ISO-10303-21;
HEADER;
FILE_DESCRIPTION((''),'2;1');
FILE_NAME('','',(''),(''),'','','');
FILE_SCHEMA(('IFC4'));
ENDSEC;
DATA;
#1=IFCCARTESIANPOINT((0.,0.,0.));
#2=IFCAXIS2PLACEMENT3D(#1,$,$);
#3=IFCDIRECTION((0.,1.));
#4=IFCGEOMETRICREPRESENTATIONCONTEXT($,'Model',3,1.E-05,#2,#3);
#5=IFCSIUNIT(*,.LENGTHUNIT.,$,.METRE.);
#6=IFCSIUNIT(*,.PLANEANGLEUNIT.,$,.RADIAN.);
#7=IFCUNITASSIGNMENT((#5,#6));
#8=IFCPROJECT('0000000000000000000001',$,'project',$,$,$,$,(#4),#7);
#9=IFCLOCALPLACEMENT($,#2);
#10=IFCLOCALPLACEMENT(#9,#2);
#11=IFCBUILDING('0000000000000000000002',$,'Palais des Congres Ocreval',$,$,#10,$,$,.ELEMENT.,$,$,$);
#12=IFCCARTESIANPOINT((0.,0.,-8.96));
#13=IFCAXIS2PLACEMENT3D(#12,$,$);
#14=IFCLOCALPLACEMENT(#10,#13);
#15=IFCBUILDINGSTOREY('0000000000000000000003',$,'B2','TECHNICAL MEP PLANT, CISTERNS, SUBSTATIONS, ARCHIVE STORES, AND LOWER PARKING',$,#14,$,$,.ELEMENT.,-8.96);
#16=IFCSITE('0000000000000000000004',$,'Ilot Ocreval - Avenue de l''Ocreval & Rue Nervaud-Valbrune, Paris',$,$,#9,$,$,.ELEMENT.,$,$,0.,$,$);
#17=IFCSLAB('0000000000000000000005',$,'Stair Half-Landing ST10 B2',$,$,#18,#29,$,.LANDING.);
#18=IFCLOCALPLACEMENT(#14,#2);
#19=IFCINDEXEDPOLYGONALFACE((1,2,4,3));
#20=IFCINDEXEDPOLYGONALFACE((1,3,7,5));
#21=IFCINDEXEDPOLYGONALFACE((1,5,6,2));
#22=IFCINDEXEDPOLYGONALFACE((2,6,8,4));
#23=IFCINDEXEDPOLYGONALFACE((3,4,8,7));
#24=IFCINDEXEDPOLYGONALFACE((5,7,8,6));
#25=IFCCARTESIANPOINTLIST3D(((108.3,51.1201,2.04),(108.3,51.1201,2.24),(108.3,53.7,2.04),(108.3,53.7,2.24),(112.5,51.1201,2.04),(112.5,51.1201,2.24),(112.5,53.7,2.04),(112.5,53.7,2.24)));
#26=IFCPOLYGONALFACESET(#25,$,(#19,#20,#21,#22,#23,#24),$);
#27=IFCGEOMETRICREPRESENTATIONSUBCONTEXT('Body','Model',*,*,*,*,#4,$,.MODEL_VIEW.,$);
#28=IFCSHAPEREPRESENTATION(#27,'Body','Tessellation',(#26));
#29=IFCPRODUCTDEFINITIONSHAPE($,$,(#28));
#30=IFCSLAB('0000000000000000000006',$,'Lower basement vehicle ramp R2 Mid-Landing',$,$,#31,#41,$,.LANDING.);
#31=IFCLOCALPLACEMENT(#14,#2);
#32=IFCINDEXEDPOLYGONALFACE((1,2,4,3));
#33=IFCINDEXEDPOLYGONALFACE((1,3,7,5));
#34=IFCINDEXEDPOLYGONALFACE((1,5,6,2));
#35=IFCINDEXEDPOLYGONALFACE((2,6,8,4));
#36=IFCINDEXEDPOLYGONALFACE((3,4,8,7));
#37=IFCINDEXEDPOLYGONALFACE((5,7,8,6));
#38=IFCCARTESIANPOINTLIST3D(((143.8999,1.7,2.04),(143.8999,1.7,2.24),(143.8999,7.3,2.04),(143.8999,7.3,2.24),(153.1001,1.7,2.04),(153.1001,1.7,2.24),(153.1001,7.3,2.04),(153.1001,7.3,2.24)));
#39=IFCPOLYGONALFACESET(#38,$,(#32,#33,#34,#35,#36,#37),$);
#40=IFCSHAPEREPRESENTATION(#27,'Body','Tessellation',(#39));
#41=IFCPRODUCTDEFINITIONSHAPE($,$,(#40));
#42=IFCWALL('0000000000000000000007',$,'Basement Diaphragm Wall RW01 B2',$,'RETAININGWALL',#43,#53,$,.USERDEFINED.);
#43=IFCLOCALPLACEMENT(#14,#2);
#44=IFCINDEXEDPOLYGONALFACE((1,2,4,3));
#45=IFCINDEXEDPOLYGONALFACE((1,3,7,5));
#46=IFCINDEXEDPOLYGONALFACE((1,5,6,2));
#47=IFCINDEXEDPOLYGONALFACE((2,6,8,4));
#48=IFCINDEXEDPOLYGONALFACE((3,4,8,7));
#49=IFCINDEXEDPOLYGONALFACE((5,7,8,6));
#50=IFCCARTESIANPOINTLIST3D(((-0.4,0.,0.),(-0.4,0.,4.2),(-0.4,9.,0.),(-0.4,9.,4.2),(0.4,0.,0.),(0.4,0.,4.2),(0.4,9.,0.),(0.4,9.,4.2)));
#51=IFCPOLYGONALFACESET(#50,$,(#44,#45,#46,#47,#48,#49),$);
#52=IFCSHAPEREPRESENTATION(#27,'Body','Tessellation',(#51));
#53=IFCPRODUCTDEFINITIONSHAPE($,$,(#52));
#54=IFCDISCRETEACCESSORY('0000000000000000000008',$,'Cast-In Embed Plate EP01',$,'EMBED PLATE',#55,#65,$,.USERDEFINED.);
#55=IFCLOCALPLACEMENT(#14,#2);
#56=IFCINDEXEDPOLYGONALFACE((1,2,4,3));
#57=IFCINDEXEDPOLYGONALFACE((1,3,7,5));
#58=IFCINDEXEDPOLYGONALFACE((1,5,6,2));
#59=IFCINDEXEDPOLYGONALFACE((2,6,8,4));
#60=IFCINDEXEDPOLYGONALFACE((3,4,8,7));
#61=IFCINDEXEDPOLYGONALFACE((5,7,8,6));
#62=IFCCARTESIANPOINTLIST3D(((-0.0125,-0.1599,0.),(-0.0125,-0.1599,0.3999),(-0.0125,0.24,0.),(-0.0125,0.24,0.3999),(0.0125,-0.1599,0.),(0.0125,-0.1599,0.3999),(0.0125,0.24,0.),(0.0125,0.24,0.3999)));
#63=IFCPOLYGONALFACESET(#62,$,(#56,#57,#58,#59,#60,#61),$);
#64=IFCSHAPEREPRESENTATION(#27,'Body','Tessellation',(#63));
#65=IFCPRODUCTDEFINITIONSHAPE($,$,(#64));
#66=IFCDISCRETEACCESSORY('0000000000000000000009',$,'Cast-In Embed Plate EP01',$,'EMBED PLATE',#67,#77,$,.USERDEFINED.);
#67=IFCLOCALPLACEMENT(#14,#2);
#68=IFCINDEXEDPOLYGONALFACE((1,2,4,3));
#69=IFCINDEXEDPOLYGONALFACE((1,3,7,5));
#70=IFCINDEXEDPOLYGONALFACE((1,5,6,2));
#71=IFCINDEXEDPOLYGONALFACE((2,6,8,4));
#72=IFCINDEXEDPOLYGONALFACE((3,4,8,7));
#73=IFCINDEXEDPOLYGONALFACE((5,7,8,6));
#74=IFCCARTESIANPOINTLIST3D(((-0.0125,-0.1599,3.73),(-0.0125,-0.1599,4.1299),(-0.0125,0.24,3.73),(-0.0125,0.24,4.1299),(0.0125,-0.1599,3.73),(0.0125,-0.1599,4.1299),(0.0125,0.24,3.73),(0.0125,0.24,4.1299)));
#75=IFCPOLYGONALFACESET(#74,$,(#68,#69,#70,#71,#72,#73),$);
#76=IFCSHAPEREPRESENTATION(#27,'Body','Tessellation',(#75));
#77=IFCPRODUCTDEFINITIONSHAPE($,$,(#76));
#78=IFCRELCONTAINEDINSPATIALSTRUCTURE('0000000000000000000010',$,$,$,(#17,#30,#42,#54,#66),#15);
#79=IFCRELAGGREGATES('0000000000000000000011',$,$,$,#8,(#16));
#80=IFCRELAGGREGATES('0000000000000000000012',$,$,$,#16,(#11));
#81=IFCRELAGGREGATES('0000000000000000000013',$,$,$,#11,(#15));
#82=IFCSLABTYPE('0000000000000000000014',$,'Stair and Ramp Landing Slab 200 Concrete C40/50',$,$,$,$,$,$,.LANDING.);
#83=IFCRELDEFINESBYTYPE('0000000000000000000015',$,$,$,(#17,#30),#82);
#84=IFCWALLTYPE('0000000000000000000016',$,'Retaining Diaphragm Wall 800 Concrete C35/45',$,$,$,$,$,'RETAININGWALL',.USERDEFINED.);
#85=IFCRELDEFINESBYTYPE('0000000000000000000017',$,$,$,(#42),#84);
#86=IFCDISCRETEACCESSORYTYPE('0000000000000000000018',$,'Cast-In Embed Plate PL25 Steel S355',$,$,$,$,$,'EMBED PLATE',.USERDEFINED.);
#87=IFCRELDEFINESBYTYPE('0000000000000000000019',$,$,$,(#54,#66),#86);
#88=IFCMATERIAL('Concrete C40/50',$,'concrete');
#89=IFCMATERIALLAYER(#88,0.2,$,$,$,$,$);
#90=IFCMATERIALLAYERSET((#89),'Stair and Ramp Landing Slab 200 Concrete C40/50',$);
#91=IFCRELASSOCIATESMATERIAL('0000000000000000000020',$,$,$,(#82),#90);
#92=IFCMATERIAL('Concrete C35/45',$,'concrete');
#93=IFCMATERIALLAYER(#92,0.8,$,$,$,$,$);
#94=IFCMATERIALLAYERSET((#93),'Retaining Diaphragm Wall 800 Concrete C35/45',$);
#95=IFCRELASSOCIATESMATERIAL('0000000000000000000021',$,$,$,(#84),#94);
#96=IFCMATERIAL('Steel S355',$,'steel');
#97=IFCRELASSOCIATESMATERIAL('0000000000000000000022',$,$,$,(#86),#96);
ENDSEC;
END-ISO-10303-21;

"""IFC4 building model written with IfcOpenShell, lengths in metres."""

from ifc_helpers import new_model, si_unit, direction, frame, frame_2d, origin, origin_2d, place, context, subcontext, project, spatial, polyline, rectangle, outline, extrude, material, layer, layer_set, type_object, element, save


model = new_model("IFC4")

# Units and contexts
model_context = context("Model", 3, precision=1e-05, world=origin(), true_north=direction((0.0, 1.0)))
body_context = subcontext(model_context, "Body", "Model", "MODEL_VIEW")
ifc_project = project(units=[si_unit("LENGTHUNIT", "METRE"), si_unit("PLANEANGLEUNIT", "RADIAN")], contexts=[model_context])

# Site, building, storey
site_placement = place(None, origin())
site = spatial("IfcSite", under=ifc_project, at=site_placement, Name="Ilot Ocreval - Avenue de l'Ocreval & Rue Nervaud-Valbrune, Paris", CompositionType="ELEMENT", RefElevation=0.0)
building_placement = place(site_placement, origin())
building = spatial("IfcBuilding", under=site, at=building_placement, Name="Palais des Congres Ocreval", CompositionType="ELEMENT")
storey_placement = place(building_placement, frame((0.0, 0.0, -8.96)))
storey = spatial("IfcBuildingStorey", under=building, at=storey_placement, Name="B2", Description="TECHNICAL MEP PLANT, CISTERNS, SUBSTATIONS, ARCHIVE STORES, AND LOWER PARKING", CompositionType="ELEMENT", Elevation=-8.96)

# Shared definitions
ifc_material_1 = material(Name="Concrete C40/50", Category="concrete")

# Shared definitions
ifc_material_2 = material(Name="Concrete C35/45", Category="concrete")

# Shared definitions
ifc_material_3 = material(Name="Steel S355", Category="steel")

# Slabs
ifc_layer_1 = layer(ifc_material_1, 0.2)
ifc_layer_set_1 = layer_set([ifc_layer_1], Name="Stair and Ramp Landing Slab 200 Concrete C40/50")
slab_type_1 = type_object("IfcSlabType", Name="Stair and Ramp Landing Slab 200 Concrete C40/50", PredefinedType="LANDING", material=ifc_layer_set_1)
slab_1_placement = place(storey_placement, frame((0.0, 0.0, 2.04)))
element("IfcSlab", 1, at=slab_1_placement, inside=storey, type_object=slab_type_1, Name="Stair Half-Landing ST10 B2", PredefinedType="LANDING", context=body_context, shape_type="SweptSolid", body=[
    extrude(outline(polyline([(108.3, 51.1201), (112.5, 51.1201), (112.5, 53.7), (108.3, 53.7), (108.3, 51.1201)])), origin(), (0.0, 0.0, 1.0), 0.2),
])
slab_2_placement = place(storey_placement, frame((0.0, 0.0, 2.04)))
element("IfcSlab", 2, at=slab_2_placement, inside=storey, type_object=slab_type_1, Name="Lower basement vehicle ramp R2 Mid-Landing", PredefinedType="LANDING", context=body_context, shape_type="SweptSolid", body=[
    extrude(outline(polyline([(143.8999, 1.7), (153.1001, 1.7), (153.1001, 7.3), (143.8999, 7.3), (143.8999, 1.7)])), origin(), (0.0, 0.0, 1.0), 0.2),
])

# Wall
ifc_layer_2 = layer(ifc_material_2, 0.8)
ifc_layer_set_2 = layer_set([ifc_layer_2], Name="Retaining Diaphragm Wall 800 Concrete C35/45")
wall_type = type_object("IfcWallType", Name="Retaining Diaphragm Wall 800 Concrete C35/45", ElementType="RETAININGWALL", PredefinedType="USERDEFINED", material=ifc_layer_set_2)
wall_placement = place(storey_placement, frame((0.0, 0.0, 0.0), z_axis=(0.0, 0.0, 1.0), x_axis=(0.0, 1.0, 0.0)))
element("IfcWall", 3, at=wall_placement, inside=storey, type_object=wall_type, Name="Basement Diaphragm Wall RW01 B2", ObjectType="RETAININGWALL", PredefinedType="USERDEFINED", context=body_context, shape_type="SweptSolid", body=[
    extrude(rectangle(XDim=9.0, YDim=0.8, at=frame_2d((4.5, 0.0))), origin(), (0.0, 0.0, 1.0), 4.2),
])

# Discrete accessories
discrete_accessory_type = type_object("IfcDiscreteAccessoryType", Name="Cast-In Embed Plate PL25 Steel S355", ElementType="EMBED PLATE", PredefinedType="USERDEFINED", material=ifc_material_3)
for number, where, z_axis, x_axis, name in (
    (4, (0.0, 0.04, 0.0), (0.0, 0.0, 1.0), (0.0, 1.0, 0.0), "Cast-In Embed Plate EP01"),
    (5, (0.0, 0.04, 3.73), (0.0, 0.0, 1.0), (0.0, 1.0, 0.0), "Cast-In Embed Plate EP01"),
):
    element("IfcDiscreteAccessory", number, at=place(storey_placement, frame(where, z_axis=z_axis, x_axis=x_axis)), inside=storey, type_object=discrete_accessory_type, Name=name, ObjectType="EMBED PLATE", PredefinedType="USERDEFINED", context=body_context, shape_type="SweptSolid", body=[
        extrude(rectangle(XDim=0.3999, YDim=0.0249, at=origin_2d()), origin(), (0.0, 0.0, 1.0), 0.3999),
    ])

save(model, "model.ifc")
